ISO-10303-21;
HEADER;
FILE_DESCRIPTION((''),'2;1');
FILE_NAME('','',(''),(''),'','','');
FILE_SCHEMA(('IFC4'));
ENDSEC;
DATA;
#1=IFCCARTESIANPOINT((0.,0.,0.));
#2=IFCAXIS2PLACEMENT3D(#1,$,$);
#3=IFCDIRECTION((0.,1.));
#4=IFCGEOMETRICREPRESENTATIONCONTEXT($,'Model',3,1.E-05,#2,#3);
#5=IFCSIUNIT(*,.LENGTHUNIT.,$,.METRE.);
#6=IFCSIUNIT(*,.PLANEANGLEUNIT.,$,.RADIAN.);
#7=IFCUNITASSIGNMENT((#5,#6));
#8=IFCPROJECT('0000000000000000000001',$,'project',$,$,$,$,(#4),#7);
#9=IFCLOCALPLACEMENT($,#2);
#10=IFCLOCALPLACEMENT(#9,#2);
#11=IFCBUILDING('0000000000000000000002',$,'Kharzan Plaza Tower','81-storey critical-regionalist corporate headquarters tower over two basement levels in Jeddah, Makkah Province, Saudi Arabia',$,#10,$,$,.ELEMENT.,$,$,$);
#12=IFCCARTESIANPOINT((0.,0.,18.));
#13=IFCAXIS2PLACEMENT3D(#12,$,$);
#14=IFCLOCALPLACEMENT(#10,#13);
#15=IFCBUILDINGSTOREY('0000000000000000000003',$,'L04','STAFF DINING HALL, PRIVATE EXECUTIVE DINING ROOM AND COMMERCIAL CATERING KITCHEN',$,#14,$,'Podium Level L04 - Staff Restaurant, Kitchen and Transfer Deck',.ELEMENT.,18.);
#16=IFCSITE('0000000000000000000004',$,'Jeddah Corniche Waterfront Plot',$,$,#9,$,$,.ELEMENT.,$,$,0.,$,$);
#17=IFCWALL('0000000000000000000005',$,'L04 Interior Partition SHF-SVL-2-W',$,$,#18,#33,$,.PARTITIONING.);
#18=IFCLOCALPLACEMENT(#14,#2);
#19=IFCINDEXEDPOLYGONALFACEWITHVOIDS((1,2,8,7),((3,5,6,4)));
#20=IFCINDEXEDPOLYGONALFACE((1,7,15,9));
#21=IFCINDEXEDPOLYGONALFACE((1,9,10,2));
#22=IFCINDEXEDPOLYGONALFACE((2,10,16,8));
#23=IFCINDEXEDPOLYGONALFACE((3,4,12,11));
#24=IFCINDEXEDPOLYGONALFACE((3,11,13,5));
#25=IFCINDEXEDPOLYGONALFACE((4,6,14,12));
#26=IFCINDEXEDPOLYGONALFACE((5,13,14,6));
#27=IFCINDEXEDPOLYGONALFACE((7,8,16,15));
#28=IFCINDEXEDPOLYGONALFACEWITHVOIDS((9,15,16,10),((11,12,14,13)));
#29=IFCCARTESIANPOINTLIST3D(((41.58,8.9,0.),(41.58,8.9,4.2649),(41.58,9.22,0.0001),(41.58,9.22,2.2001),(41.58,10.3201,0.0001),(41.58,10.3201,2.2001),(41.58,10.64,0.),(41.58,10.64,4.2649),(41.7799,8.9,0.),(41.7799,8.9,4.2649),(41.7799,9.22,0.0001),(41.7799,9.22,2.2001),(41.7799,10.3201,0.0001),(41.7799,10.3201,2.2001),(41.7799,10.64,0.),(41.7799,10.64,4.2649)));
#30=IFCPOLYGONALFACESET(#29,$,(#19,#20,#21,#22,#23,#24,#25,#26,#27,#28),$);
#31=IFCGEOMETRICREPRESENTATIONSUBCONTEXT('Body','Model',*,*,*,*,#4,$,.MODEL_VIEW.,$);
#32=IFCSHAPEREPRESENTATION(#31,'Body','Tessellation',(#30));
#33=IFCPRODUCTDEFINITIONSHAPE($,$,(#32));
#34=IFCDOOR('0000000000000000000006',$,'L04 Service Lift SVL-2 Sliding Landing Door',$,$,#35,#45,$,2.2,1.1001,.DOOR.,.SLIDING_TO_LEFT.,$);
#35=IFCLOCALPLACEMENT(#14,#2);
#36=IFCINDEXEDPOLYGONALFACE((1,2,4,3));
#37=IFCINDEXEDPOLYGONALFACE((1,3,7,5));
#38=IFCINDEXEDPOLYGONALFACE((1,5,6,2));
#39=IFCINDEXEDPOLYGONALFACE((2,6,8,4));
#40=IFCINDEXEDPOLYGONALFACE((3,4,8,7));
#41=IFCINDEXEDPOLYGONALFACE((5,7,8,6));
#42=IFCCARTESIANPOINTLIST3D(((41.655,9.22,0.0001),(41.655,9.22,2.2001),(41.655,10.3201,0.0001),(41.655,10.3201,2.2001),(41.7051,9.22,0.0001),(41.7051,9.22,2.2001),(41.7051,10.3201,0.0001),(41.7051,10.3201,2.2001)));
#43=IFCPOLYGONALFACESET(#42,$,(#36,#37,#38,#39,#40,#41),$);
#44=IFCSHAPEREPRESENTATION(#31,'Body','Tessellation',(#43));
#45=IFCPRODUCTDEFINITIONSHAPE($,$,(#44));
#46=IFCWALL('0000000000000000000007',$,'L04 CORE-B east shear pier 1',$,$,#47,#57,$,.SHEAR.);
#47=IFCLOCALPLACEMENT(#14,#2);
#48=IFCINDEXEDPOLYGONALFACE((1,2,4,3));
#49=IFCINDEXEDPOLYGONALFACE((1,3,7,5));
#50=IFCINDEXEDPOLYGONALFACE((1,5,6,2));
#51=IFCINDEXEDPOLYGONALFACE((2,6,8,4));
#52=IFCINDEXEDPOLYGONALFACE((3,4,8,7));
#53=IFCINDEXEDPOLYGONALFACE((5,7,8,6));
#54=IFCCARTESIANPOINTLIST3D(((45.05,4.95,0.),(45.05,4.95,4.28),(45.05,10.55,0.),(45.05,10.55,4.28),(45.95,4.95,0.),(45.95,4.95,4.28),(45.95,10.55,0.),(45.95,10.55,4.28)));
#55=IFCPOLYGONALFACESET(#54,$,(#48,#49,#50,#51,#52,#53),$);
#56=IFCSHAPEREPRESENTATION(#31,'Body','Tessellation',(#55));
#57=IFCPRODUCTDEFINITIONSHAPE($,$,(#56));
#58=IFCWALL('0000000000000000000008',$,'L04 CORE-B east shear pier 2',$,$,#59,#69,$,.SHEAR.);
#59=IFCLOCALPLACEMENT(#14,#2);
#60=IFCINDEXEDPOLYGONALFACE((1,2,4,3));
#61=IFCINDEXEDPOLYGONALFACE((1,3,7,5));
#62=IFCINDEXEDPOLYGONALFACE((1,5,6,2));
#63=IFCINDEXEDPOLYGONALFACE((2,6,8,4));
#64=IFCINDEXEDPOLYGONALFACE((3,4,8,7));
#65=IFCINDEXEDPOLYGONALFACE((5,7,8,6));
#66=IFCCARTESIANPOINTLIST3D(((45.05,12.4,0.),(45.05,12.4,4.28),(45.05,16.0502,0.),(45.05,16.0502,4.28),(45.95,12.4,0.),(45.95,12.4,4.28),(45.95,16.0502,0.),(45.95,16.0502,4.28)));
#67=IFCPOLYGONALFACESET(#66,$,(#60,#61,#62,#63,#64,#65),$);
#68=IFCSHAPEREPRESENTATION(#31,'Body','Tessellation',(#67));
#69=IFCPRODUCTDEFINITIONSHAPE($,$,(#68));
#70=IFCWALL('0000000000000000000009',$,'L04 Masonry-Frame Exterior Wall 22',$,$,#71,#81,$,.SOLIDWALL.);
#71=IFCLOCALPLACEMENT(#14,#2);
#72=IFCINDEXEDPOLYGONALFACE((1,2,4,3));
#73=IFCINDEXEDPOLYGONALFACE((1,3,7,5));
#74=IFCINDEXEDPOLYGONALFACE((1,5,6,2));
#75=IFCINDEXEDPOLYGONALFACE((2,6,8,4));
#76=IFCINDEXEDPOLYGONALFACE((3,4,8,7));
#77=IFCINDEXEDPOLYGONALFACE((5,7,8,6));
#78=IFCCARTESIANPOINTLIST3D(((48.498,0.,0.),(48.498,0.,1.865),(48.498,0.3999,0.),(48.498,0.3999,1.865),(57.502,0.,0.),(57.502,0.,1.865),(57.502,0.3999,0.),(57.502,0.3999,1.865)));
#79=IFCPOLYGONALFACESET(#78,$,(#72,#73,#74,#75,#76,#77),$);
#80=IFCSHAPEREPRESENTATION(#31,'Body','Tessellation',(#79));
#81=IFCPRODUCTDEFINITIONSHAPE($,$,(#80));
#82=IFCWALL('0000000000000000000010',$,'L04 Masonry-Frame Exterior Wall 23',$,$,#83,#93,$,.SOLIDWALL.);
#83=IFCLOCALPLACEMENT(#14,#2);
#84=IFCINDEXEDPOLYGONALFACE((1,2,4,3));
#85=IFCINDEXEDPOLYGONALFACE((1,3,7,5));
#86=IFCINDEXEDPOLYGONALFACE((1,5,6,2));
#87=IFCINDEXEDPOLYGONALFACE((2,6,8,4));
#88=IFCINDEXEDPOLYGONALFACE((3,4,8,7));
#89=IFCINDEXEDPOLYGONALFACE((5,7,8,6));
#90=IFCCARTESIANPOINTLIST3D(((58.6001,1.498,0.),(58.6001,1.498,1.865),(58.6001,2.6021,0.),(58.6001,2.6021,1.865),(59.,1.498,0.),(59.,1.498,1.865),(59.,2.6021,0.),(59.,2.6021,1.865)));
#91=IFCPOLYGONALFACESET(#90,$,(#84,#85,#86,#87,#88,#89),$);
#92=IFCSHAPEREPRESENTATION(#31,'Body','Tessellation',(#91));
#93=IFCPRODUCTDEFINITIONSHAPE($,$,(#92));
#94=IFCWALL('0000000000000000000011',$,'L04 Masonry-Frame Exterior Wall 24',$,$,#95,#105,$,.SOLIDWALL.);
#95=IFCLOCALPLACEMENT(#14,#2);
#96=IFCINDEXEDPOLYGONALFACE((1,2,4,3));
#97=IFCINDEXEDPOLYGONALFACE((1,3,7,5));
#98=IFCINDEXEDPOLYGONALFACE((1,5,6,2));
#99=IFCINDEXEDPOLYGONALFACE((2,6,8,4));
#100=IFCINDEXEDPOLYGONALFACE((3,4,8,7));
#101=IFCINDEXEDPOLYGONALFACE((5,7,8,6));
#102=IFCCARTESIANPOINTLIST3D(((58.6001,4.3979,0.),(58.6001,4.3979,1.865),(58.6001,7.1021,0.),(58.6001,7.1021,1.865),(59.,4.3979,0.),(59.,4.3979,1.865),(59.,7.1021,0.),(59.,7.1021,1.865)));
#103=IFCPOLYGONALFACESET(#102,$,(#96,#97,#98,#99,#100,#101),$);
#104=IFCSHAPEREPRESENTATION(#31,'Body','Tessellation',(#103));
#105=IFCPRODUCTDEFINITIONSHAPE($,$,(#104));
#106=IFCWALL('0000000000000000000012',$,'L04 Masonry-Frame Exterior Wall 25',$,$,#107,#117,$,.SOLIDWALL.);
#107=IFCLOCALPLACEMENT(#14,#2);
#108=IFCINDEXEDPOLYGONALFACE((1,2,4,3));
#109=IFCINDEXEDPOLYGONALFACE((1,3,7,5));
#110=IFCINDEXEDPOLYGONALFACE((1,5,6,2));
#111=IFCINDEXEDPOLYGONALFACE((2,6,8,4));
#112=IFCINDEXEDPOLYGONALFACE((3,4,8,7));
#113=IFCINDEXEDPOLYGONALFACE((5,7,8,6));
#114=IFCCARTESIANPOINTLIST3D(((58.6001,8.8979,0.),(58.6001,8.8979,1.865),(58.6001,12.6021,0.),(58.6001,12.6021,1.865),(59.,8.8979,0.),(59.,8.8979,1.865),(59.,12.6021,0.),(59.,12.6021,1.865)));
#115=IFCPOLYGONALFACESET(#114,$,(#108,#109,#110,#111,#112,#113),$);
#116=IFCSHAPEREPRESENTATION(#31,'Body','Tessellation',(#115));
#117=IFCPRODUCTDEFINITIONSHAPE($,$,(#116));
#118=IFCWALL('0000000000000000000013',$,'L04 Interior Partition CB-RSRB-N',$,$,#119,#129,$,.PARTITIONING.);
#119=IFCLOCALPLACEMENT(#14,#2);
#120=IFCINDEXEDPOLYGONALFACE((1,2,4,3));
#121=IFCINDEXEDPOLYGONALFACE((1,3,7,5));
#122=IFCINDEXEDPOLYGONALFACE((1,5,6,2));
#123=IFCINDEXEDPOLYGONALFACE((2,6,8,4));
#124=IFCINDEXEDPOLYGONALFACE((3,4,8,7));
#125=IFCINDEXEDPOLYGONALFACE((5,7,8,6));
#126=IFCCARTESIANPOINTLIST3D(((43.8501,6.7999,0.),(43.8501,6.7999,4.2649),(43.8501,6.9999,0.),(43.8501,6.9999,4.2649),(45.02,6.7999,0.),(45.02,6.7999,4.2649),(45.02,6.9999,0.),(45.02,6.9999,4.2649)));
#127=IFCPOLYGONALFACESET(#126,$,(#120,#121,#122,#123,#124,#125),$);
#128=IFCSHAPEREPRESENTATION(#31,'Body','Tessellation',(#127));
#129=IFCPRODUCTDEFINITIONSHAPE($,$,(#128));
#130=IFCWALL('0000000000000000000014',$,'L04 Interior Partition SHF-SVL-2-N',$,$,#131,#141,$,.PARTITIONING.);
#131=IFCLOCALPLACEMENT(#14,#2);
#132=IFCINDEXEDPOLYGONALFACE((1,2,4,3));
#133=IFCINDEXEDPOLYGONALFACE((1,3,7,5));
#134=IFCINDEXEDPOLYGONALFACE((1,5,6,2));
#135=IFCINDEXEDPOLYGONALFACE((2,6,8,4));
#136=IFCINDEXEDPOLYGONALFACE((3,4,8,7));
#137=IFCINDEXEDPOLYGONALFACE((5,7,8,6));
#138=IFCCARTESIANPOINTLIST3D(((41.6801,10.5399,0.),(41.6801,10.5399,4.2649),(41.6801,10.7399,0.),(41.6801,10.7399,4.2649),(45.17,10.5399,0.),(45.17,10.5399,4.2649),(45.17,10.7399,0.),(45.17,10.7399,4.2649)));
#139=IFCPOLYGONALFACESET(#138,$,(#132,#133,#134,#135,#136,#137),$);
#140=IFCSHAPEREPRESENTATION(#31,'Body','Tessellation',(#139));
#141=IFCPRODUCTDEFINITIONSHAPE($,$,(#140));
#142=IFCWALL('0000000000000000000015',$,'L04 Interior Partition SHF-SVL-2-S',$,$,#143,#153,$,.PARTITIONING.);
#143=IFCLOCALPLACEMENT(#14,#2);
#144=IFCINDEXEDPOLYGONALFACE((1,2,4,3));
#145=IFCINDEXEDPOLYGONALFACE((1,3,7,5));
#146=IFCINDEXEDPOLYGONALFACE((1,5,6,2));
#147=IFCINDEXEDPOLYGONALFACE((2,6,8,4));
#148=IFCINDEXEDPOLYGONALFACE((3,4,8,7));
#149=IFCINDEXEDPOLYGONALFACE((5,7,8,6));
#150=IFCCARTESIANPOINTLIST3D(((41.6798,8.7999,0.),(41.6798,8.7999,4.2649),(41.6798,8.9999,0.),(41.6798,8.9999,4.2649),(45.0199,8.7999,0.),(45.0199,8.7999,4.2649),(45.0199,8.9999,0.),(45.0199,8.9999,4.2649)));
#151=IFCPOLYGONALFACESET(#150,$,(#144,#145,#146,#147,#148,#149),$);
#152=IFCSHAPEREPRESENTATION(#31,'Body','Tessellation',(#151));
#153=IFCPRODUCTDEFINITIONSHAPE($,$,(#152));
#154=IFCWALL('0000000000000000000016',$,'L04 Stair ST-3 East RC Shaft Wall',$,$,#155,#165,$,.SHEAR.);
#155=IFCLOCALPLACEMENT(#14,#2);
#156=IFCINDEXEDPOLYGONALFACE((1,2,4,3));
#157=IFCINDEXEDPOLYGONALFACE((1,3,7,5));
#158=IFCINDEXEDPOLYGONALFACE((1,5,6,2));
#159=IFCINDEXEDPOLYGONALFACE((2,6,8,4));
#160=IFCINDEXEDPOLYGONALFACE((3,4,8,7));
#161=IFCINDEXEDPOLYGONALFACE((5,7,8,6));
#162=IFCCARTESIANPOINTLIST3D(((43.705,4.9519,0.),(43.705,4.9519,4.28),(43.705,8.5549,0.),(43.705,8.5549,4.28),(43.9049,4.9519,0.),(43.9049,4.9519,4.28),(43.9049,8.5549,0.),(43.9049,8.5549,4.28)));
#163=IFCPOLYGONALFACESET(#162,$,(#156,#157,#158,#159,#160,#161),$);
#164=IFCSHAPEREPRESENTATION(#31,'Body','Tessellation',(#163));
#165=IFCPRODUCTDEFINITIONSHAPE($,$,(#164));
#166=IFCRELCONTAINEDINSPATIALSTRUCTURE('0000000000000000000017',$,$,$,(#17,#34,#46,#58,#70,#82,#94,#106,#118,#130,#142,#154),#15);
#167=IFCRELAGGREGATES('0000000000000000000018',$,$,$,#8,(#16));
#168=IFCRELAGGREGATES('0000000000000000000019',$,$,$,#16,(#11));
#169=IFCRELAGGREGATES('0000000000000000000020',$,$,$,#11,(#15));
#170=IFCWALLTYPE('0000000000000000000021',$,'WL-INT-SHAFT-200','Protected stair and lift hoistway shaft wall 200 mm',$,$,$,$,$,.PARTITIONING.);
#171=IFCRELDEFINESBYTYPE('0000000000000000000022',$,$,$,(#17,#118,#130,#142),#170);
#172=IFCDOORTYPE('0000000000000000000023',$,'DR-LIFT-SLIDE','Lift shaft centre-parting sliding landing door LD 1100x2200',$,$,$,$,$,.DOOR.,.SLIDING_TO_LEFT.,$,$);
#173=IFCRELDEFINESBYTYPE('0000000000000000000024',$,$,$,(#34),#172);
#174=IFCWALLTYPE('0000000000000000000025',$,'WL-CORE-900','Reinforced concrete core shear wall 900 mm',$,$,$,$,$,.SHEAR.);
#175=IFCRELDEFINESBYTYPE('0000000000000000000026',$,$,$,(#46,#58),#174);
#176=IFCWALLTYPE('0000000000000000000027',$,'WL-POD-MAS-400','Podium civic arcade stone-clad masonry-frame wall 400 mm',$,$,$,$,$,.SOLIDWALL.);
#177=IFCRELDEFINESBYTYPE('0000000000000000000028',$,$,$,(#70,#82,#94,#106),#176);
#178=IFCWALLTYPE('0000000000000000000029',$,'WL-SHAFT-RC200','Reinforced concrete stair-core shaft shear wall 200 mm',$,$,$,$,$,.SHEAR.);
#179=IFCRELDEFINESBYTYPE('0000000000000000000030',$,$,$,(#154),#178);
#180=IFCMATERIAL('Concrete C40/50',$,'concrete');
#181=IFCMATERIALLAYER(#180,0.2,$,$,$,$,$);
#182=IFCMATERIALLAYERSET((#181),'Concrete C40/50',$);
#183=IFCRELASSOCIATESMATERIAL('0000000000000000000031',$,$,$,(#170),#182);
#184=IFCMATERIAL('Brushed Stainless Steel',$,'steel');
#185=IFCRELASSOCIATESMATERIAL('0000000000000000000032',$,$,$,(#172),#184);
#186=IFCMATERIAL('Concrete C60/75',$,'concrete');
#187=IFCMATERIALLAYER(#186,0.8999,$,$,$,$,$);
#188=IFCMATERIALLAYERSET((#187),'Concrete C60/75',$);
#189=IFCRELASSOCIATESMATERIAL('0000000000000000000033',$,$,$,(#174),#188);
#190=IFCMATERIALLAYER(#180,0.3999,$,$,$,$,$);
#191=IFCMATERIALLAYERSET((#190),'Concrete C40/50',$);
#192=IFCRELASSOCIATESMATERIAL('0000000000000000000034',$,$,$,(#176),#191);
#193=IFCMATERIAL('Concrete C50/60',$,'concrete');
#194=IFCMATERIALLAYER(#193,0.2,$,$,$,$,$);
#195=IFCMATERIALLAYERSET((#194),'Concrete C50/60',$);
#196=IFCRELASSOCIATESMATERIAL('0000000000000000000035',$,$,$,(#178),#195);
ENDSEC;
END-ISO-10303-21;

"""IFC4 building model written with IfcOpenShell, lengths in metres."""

from ifc_helpers import new_model, si_unit, direction, frame, frame_2d, origin, place, context, subcontext, project, spatial, rectangle, extrude, source, transform, mapped, material, layer, layer_set, type_object, element, fill, save


model = new_model("IFC4")

# Units and contexts
model_context = context("Model", 3, precision=1e-05, world=origin(), true_north=direction((0.0, 1.0)))
body_context = subcontext(model_context, "Body", "Model", "MODEL_VIEW")
ifc_project = project(units=[si_unit("LENGTHUNIT", "METRE"), si_unit("PLANEANGLEUNIT", "RADIAN")], contexts=[model_context])

# Site, building, storey
site_placement = place(None, origin())
site = spatial("IfcSite", under=ifc_project, at=site_placement, Name="Jeddah Corniche Waterfront Plot", CompositionType="ELEMENT", RefElevation=0.0)
building_placement = place(site_placement, origin())
building = spatial("IfcBuilding", under=site, at=building_placement, Name="Kharzan Plaza Tower", Description="81-storey critical-regionalist corporate headquarters tower over two basement levels in Jeddah, Makkah Province, Saudi Arabia", CompositionType="ELEMENT")
storey_placement = place(building_placement, frame((0.0, 0.0, 18.0)))
storey = spatial("IfcBuildingStorey", under=building, at=storey_placement, Name="L04", Description="STAFF DINING HALL, PRIVATE EXECUTIVE DINING ROOM AND COMMERCIAL CATERING KITCHEN", LongName="Podium Level L04 - Staff Restaurant, Kitchen and Transfer Deck", CompositionType="ELEMENT", Elevation=18.0)

# Shared definitions
ifc_material_1 = material(Name="Concrete C60/75", Category="concrete")

# Wall, opening, door
ifc_material_2 = material(Name="Concrete C40/50", Category="concrete")
ifc_layer_1 = layer(ifc_material_2, 0.2)
ifc_layer_set_1 = layer_set([ifc_layer_1], Name="Concrete C40/50")
wall_type_1 = type_object("IfcWallType", Name="WL-INT-SHAFT-200", Description="Protected stair and lift hoistway shaft wall 200 mm", PredefinedType="PARTITIONING", material=ifc_layer_set_1)
wall_1_placement = place(storey_placement, frame((41.6799, 8.8999, 0.0), z_axis=(0.0, 0.0, 1.0), x_axis=(0.0, 1.0, 0.0)))
wall_1 = element("IfcWall", 1, at=wall_1_placement, inside=storey, type_object=wall_type_1, Name="L04 Interior Partition SHF-SVL-2-W", PredefinedType="PARTITIONING", context=body_context, shape_type="SweptSolid", body=[
    extrude(rectangle(XDim=1.74, YDim=0.2, at=frame_2d((0.8701, 0.0))), origin(), (0.0, 0.0, 1.0), 4.2649),
])
opening_1_placement = place(wall_1_placement, frame((0.3201, 0.0, 0.0)))
opening_1 = element("IfcOpeningElement", 2, at=opening_1_placement, cuts=wall_1, PredefinedType="OPENING", context=body_context, shape_type="SweptSolid", body=[
    extrude(rectangle(XDim=1.1001, YDim=2.2, at=frame_2d((0.55, 1.1001))), frame((0.0, 0.1099, 0.0), z_axis=(0.0, -1.0, 0.0), x_axis=(1.0, 0.0, 0.0)), (0.0, 0.0, 1.0), 0.22),
])
ifc_material_3 = material(Name="Brushed Stainless Steel", Category="steel")
door_type_1 = type_object("IfcDoorType", Name="DR-LIFT-SLIDE", Description="Lift shaft centre-parting sliding landing door LD 1100x2200", OperationType="SLIDING_TO_LEFT", PredefinedType="DOOR", material=ifc_material_3)
shared_shape_1 = source(origin(), body_context, "Body", "SweptSolid", [
    extrude(rectangle(XDim=1.1001, YDim=2.2, at=frame_2d((0.55, 1.1001))), frame((0.0, 0.0249, 0.0), z_axis=(0.0, -1.0, 0.0), x_axis=(1.0, 0.0, 0.0)), (0.0, 0.0, 1.0), 0.05),
])
door_1_placement = place(opening_1_placement, origin())
door_1 = element("IfcDoor", 3, at=door_1_placement, inside=storey, type_object=door_type_1, Name="L04 Service Lift SVL-2 Sliding Landing Door", OperationType="SLIDING_TO_LEFT", OverallHeight=2.2, OverallWidth=1.1001, PredefinedType="DOOR", context=body_context, shape_type="MappedRepresentation", body=[
    mapped(shared_shape_1, transform((0.0, 0.0, 0.0), x_axis=(1.0, 0.0, 0.0), y_axis=(0.0, 1.0, 0.0), z_axis=(0.0, 0.0, 1.0))),
])
fill(opening_1, door_1)

# Walls
ifc_layer_2 = layer(ifc_material_1, 0.8999)
ifc_layer_set_2 = layer_set([ifc_layer_2], Name="Concrete C60/75")
wall_type_2 = type_object("IfcWallType", Name="WL-CORE-900", Description="Reinforced concrete core shear wall 900 mm", PredefinedType="SHEAR", material=ifc_layer_set_2)
shared_shape_2 = source(origin(), body_context, "Body", "SweptSolid", [
    extrude(rectangle(XDim=5.6001, YDim=0.8999, at=frame_2d((2.8, 0.0))), origin(), (0.0, 0.0, 1.0), 4.28),
])
wall_2_placement = place(storey_placement, frame((45.5, 4.95, 0.0), z_axis=(0.0, 0.0, 1.0), x_axis=(0.0, 1.0, 0.0)))
element("IfcWall", 4, at=wall_2_placement, inside=storey, type_object=wall_type_2, Name="L04 CORE-B east shear pier 1", PredefinedType="SHEAR", context=body_context, shape_type="MappedRepresentation", body=[
    mapped(shared_shape_2, transform((0.0, 0.0, 0.0), x_axis=(1.0, 0.0, 0.0), y_axis=(0.0, 1.0, 0.0), z_axis=(0.0, 0.0, 1.0))),
])
shared_shape_3 = source(origin(), body_context, "Body", "SweptSolid", [
    extrude(rectangle(XDim=3.6501, YDim=0.8999, at=frame_2d((1.8252, 0.0))), origin(), (0.0, 0.0, 1.0), 4.28),
])
wall_3_placement = place(storey_placement, frame((45.5, 12.3999, 0.0), z_axis=(0.0, 0.0, 1.0), x_axis=(0.0, 1.0, 0.0)))
element("IfcWall", 5, at=wall_3_placement, inside=storey, type_object=wall_type_2, Name="L04 CORE-B east shear pier 2", PredefinedType="SHEAR", context=body_context, shape_type="MappedRepresentation", body=[
    mapped(shared_shape_3, transform((0.0, 0.0, 0.0), x_axis=(1.0, 0.0, 0.0), y_axis=(0.0, 1.0, 0.0), z_axis=(0.0, 0.0, 1.0))),
])
ifc_layer_3 = layer(ifc_material_2, 0.3999)
ifc_layer_set_3 = layer_set([ifc_layer_3], Name="Concrete C40/50")
wall_type_3 = type_object("IfcWallType", Name="WL-POD-MAS-400", Description="Podium civic arcade stone-clad masonry-frame wall 400 mm", PredefinedType="SOLIDWALL", material=ifc_layer_set_3)
shared_shape_4 = source(origin(), body_context, "Body", "SweptSolid", [
    extrude(rectangle(XDim=9.0039, YDim=0.3999, at=frame_2d((4.502, 0.0))), origin(), (0.0, 0.0, 1.0), 1.865),
])
wall_4_placement = place(storey_placement, frame((48.498, 0.2, 0.0), z_axis=(0.0, 0.0, 1.0), x_axis=(1.0, 0.0, 0.0)))
element("IfcWall", 6, at=wall_4_placement, inside=storey, type_object=wall_type_3, Name="L04 Masonry-Frame Exterior Wall 22", PredefinedType="SOLIDWALL", context=body_context, shape_type="MappedRepresentation", body=[
    mapped(shared_shape_4, transform((0.0, 0.0, 0.0), x_axis=(1.0, 0.0, 0.0), y_axis=(0.0, 1.0, 0.0), z_axis=(0.0, 0.0, 1.0))),
])
shared_shape_5 = source(origin(), body_context, "Body", "SweptSolid", [
    extrude(rectangle(XDim=1.104, YDim=0.3999, at=frame_2d((0.552, 0.0))), origin(), (0.0, 0.0, 1.0), 1.865),
])
wall_5_placement = place(storey_placement, frame((58.8, 1.498, 0.0), z_axis=(0.0, 0.0, 1.0), x_axis=(0.0, 1.0, 0.0)))
element("IfcWall", 7, at=wall_5_placement, inside=storey, type_object=wall_type_3, Name="L04 Masonry-Frame Exterior Wall 23", PredefinedType="SOLIDWALL", context=body_context, shape_type="MappedRepresentation", body=[
    mapped(shared_shape_5, transform((0.0, 0.0, 0.0), x_axis=(1.0, 0.0, 0.0), y_axis=(0.0, 1.0, 0.0), z_axis=(0.0, 0.0, 1.0))),
])
shared_shape_6 = source(origin(), body_context, "Body", "SweptSolid", [
    extrude(rectangle(XDim=2.7041, YDim=0.3999, at=frame_2d((1.3521, 0.0))), origin(), (0.0, 0.0, 1.0), 1.865),
])
wall_6_placement = place(storey_placement, frame((58.8, 4.3979, 0.0), z_axis=(0.0, 0.0, 1.0), x_axis=(0.0, 1.0, 0.0)))
element("IfcWall", 8, at=wall_6_placement, inside=storey, type_object=wall_type_3, Name="L04 Masonry-Frame Exterior Wall 24", PredefinedType="SOLIDWALL", context=body_context, shape_type="MappedRepresentation", body=[
    mapped(shared_shape_6, transform((0.0, 0.0, 0.0), x_axis=(1.0, 0.0, 0.0), y_axis=(0.0, 1.0, 0.0), z_axis=(0.0, 0.0, 1.0))),
])
shared_shape_7 = source(origin(), body_context, "Body", "SweptSolid", [
    extrude(rectangle(XDim=3.7041, YDim=0.3999, at=frame_2d((1.8521, 0.0))), origin(), (0.0, 0.0, 1.0), 1.865),
])
wall_7_placement = place(storey_placement, frame((58.8, 8.8979, 0.0), z_axis=(0.0, 0.0, 1.0), x_axis=(0.0, 1.0, 0.0)))
element("IfcWall", 9, at=wall_7_placement, inside=storey, type_object=wall_type_3, Name="L04 Masonry-Frame Exterior Wall 25", PredefinedType="SOLIDWALL", context=body_context, shape_type="MappedRepresentation", body=[
    mapped(shared_shape_7, transform((0.0, 0.0, 0.0), x_axis=(1.0, 0.0, 0.0), y_axis=(0.0, 1.0, 0.0), z_axis=(0.0, 0.0, 1.0))),
])
shared_shape_8 = source(origin(), body_context, "Body", "SweptSolid", [
    extrude(rectangle(XDim=1.1699, YDim=0.2, at=frame_2d((0.585, 0.0))), origin(), (0.0, 0.0, 1.0), 4.2649),
])
wall_8_placement = place(storey_placement, frame((43.8501, 6.8999, 0.0), z_axis=(0.0, 0.0, 1.0), x_axis=(1.0, 0.0, 0.0)))
element("IfcWall", 10, at=wall_8_placement, inside=storey, type_object=wall_type_1, Name="L04 Interior Partition CB-RSRB-N", PredefinedType="PARTITIONING", context=body_context, shape_type="MappedRepresentation", body=[
    mapped(shared_shape_8, transform((0.0, 0.0, 0.0), x_axis=(1.0, 0.0, 0.0), y_axis=(0.0, 1.0, 0.0), z_axis=(0.0, 0.0, 1.0))),
])
shared_shape_9 = source(origin(), body_context, "Body", "SweptSolid", [
    extrude(rectangle(XDim=3.49, YDim=0.2, at=frame_2d((1.7451, 0.0))), origin(), (0.0, 0.0, 1.0), 4.2649),
])
wall_9_placement = place(storey_placement, frame((41.6799, 10.6399, 0.0), z_axis=(0.0, 0.0, 1.0), x_axis=(1.0, 0.0, 0.0)))
element("IfcWall", 11, at=wall_9_placement, inside=storey, type_object=wall_type_1, Name="L04 Interior Partition SHF-SVL-2-N", PredefinedType="PARTITIONING", context=body_context, shape_type="MappedRepresentation", body=[
    mapped(shared_shape_9, transform((0.0, 0.0, 0.0), x_axis=(1.0, 0.0, 0.0), y_axis=(0.0, 1.0, 0.0), z_axis=(0.0, 0.0, 1.0))),
])
shared_shape_10 = source(origin(), body_context, "Body", "SweptSolid", [
    extrude(rectangle(XDim=3.3401, YDim=0.2, at=frame_2d((1.6699, 0.0))), origin(), (0.0, 0.0, 1.0), 4.2649),
])
wall_10_placement = place(storey_placement, frame((41.6799, 8.8999, 0.0), z_axis=(0.0, 0.0, 1.0), x_axis=(1.0, 0.0, 0.0)))
element("IfcWall", 12, at=wall_10_placement, inside=storey, type_object=wall_type_1, Name="L04 Interior Partition SHF-SVL-2-S", PredefinedType="PARTITIONING", context=body_context, shape_type="MappedRepresentation", body=[
    mapped(shared_shape_10, transform((0.0, 0.0, 0.0), x_axis=(1.0, 0.0, 0.0), y_axis=(0.0, 1.0, 0.0), z_axis=(0.0, 0.0, 1.0))),
])
ifc_material_4 = material(Name="Concrete C50/60", Category="concrete")
ifc_layer_4 = layer(ifc_material_4, 0.2)
ifc_layer_set_4 = layer_set([ifc_layer_4], Name="Concrete C50/60")
wall_type_4 = type_object("IfcWallType", Name="WL-SHAFT-RC200", Description="Reinforced concrete stair-core shaft shear wall 200 mm", PredefinedType="SHEAR", material=ifc_layer_set_4)
shared_shape_11 = source(origin(), body_context, "Body", "SweptSolid", [
    extrude(rectangle(XDim=3.603, YDim=0.2, at=frame_2d((1.8015, 0.0))), origin(), (0.0, 0.0, 1.0), 4.28),
])
wall_11_placement = place(storey_placement, frame((43.8049, 4.9519, 0.0), z_axis=(0.0, 0.0, 1.0), x_axis=(0.0, 1.0, 0.0)))
element("IfcWall", 13, at=wall_11_placement, inside=storey, type_object=wall_type_4, Name="L04 Stair ST-3 East RC Shaft Wall", PredefinedType="SHEAR", context=body_context, shape_type="MappedRepresentation", body=[
    mapped(shared_shape_11, transform((0.0, 0.0, 0.0), x_axis=(1.0, 0.0, 0.0), y_axis=(0.0, 1.0, 0.0), z_axis=(0.0, 0.0, 1.0))),
])

save(model, "model.ifc")
